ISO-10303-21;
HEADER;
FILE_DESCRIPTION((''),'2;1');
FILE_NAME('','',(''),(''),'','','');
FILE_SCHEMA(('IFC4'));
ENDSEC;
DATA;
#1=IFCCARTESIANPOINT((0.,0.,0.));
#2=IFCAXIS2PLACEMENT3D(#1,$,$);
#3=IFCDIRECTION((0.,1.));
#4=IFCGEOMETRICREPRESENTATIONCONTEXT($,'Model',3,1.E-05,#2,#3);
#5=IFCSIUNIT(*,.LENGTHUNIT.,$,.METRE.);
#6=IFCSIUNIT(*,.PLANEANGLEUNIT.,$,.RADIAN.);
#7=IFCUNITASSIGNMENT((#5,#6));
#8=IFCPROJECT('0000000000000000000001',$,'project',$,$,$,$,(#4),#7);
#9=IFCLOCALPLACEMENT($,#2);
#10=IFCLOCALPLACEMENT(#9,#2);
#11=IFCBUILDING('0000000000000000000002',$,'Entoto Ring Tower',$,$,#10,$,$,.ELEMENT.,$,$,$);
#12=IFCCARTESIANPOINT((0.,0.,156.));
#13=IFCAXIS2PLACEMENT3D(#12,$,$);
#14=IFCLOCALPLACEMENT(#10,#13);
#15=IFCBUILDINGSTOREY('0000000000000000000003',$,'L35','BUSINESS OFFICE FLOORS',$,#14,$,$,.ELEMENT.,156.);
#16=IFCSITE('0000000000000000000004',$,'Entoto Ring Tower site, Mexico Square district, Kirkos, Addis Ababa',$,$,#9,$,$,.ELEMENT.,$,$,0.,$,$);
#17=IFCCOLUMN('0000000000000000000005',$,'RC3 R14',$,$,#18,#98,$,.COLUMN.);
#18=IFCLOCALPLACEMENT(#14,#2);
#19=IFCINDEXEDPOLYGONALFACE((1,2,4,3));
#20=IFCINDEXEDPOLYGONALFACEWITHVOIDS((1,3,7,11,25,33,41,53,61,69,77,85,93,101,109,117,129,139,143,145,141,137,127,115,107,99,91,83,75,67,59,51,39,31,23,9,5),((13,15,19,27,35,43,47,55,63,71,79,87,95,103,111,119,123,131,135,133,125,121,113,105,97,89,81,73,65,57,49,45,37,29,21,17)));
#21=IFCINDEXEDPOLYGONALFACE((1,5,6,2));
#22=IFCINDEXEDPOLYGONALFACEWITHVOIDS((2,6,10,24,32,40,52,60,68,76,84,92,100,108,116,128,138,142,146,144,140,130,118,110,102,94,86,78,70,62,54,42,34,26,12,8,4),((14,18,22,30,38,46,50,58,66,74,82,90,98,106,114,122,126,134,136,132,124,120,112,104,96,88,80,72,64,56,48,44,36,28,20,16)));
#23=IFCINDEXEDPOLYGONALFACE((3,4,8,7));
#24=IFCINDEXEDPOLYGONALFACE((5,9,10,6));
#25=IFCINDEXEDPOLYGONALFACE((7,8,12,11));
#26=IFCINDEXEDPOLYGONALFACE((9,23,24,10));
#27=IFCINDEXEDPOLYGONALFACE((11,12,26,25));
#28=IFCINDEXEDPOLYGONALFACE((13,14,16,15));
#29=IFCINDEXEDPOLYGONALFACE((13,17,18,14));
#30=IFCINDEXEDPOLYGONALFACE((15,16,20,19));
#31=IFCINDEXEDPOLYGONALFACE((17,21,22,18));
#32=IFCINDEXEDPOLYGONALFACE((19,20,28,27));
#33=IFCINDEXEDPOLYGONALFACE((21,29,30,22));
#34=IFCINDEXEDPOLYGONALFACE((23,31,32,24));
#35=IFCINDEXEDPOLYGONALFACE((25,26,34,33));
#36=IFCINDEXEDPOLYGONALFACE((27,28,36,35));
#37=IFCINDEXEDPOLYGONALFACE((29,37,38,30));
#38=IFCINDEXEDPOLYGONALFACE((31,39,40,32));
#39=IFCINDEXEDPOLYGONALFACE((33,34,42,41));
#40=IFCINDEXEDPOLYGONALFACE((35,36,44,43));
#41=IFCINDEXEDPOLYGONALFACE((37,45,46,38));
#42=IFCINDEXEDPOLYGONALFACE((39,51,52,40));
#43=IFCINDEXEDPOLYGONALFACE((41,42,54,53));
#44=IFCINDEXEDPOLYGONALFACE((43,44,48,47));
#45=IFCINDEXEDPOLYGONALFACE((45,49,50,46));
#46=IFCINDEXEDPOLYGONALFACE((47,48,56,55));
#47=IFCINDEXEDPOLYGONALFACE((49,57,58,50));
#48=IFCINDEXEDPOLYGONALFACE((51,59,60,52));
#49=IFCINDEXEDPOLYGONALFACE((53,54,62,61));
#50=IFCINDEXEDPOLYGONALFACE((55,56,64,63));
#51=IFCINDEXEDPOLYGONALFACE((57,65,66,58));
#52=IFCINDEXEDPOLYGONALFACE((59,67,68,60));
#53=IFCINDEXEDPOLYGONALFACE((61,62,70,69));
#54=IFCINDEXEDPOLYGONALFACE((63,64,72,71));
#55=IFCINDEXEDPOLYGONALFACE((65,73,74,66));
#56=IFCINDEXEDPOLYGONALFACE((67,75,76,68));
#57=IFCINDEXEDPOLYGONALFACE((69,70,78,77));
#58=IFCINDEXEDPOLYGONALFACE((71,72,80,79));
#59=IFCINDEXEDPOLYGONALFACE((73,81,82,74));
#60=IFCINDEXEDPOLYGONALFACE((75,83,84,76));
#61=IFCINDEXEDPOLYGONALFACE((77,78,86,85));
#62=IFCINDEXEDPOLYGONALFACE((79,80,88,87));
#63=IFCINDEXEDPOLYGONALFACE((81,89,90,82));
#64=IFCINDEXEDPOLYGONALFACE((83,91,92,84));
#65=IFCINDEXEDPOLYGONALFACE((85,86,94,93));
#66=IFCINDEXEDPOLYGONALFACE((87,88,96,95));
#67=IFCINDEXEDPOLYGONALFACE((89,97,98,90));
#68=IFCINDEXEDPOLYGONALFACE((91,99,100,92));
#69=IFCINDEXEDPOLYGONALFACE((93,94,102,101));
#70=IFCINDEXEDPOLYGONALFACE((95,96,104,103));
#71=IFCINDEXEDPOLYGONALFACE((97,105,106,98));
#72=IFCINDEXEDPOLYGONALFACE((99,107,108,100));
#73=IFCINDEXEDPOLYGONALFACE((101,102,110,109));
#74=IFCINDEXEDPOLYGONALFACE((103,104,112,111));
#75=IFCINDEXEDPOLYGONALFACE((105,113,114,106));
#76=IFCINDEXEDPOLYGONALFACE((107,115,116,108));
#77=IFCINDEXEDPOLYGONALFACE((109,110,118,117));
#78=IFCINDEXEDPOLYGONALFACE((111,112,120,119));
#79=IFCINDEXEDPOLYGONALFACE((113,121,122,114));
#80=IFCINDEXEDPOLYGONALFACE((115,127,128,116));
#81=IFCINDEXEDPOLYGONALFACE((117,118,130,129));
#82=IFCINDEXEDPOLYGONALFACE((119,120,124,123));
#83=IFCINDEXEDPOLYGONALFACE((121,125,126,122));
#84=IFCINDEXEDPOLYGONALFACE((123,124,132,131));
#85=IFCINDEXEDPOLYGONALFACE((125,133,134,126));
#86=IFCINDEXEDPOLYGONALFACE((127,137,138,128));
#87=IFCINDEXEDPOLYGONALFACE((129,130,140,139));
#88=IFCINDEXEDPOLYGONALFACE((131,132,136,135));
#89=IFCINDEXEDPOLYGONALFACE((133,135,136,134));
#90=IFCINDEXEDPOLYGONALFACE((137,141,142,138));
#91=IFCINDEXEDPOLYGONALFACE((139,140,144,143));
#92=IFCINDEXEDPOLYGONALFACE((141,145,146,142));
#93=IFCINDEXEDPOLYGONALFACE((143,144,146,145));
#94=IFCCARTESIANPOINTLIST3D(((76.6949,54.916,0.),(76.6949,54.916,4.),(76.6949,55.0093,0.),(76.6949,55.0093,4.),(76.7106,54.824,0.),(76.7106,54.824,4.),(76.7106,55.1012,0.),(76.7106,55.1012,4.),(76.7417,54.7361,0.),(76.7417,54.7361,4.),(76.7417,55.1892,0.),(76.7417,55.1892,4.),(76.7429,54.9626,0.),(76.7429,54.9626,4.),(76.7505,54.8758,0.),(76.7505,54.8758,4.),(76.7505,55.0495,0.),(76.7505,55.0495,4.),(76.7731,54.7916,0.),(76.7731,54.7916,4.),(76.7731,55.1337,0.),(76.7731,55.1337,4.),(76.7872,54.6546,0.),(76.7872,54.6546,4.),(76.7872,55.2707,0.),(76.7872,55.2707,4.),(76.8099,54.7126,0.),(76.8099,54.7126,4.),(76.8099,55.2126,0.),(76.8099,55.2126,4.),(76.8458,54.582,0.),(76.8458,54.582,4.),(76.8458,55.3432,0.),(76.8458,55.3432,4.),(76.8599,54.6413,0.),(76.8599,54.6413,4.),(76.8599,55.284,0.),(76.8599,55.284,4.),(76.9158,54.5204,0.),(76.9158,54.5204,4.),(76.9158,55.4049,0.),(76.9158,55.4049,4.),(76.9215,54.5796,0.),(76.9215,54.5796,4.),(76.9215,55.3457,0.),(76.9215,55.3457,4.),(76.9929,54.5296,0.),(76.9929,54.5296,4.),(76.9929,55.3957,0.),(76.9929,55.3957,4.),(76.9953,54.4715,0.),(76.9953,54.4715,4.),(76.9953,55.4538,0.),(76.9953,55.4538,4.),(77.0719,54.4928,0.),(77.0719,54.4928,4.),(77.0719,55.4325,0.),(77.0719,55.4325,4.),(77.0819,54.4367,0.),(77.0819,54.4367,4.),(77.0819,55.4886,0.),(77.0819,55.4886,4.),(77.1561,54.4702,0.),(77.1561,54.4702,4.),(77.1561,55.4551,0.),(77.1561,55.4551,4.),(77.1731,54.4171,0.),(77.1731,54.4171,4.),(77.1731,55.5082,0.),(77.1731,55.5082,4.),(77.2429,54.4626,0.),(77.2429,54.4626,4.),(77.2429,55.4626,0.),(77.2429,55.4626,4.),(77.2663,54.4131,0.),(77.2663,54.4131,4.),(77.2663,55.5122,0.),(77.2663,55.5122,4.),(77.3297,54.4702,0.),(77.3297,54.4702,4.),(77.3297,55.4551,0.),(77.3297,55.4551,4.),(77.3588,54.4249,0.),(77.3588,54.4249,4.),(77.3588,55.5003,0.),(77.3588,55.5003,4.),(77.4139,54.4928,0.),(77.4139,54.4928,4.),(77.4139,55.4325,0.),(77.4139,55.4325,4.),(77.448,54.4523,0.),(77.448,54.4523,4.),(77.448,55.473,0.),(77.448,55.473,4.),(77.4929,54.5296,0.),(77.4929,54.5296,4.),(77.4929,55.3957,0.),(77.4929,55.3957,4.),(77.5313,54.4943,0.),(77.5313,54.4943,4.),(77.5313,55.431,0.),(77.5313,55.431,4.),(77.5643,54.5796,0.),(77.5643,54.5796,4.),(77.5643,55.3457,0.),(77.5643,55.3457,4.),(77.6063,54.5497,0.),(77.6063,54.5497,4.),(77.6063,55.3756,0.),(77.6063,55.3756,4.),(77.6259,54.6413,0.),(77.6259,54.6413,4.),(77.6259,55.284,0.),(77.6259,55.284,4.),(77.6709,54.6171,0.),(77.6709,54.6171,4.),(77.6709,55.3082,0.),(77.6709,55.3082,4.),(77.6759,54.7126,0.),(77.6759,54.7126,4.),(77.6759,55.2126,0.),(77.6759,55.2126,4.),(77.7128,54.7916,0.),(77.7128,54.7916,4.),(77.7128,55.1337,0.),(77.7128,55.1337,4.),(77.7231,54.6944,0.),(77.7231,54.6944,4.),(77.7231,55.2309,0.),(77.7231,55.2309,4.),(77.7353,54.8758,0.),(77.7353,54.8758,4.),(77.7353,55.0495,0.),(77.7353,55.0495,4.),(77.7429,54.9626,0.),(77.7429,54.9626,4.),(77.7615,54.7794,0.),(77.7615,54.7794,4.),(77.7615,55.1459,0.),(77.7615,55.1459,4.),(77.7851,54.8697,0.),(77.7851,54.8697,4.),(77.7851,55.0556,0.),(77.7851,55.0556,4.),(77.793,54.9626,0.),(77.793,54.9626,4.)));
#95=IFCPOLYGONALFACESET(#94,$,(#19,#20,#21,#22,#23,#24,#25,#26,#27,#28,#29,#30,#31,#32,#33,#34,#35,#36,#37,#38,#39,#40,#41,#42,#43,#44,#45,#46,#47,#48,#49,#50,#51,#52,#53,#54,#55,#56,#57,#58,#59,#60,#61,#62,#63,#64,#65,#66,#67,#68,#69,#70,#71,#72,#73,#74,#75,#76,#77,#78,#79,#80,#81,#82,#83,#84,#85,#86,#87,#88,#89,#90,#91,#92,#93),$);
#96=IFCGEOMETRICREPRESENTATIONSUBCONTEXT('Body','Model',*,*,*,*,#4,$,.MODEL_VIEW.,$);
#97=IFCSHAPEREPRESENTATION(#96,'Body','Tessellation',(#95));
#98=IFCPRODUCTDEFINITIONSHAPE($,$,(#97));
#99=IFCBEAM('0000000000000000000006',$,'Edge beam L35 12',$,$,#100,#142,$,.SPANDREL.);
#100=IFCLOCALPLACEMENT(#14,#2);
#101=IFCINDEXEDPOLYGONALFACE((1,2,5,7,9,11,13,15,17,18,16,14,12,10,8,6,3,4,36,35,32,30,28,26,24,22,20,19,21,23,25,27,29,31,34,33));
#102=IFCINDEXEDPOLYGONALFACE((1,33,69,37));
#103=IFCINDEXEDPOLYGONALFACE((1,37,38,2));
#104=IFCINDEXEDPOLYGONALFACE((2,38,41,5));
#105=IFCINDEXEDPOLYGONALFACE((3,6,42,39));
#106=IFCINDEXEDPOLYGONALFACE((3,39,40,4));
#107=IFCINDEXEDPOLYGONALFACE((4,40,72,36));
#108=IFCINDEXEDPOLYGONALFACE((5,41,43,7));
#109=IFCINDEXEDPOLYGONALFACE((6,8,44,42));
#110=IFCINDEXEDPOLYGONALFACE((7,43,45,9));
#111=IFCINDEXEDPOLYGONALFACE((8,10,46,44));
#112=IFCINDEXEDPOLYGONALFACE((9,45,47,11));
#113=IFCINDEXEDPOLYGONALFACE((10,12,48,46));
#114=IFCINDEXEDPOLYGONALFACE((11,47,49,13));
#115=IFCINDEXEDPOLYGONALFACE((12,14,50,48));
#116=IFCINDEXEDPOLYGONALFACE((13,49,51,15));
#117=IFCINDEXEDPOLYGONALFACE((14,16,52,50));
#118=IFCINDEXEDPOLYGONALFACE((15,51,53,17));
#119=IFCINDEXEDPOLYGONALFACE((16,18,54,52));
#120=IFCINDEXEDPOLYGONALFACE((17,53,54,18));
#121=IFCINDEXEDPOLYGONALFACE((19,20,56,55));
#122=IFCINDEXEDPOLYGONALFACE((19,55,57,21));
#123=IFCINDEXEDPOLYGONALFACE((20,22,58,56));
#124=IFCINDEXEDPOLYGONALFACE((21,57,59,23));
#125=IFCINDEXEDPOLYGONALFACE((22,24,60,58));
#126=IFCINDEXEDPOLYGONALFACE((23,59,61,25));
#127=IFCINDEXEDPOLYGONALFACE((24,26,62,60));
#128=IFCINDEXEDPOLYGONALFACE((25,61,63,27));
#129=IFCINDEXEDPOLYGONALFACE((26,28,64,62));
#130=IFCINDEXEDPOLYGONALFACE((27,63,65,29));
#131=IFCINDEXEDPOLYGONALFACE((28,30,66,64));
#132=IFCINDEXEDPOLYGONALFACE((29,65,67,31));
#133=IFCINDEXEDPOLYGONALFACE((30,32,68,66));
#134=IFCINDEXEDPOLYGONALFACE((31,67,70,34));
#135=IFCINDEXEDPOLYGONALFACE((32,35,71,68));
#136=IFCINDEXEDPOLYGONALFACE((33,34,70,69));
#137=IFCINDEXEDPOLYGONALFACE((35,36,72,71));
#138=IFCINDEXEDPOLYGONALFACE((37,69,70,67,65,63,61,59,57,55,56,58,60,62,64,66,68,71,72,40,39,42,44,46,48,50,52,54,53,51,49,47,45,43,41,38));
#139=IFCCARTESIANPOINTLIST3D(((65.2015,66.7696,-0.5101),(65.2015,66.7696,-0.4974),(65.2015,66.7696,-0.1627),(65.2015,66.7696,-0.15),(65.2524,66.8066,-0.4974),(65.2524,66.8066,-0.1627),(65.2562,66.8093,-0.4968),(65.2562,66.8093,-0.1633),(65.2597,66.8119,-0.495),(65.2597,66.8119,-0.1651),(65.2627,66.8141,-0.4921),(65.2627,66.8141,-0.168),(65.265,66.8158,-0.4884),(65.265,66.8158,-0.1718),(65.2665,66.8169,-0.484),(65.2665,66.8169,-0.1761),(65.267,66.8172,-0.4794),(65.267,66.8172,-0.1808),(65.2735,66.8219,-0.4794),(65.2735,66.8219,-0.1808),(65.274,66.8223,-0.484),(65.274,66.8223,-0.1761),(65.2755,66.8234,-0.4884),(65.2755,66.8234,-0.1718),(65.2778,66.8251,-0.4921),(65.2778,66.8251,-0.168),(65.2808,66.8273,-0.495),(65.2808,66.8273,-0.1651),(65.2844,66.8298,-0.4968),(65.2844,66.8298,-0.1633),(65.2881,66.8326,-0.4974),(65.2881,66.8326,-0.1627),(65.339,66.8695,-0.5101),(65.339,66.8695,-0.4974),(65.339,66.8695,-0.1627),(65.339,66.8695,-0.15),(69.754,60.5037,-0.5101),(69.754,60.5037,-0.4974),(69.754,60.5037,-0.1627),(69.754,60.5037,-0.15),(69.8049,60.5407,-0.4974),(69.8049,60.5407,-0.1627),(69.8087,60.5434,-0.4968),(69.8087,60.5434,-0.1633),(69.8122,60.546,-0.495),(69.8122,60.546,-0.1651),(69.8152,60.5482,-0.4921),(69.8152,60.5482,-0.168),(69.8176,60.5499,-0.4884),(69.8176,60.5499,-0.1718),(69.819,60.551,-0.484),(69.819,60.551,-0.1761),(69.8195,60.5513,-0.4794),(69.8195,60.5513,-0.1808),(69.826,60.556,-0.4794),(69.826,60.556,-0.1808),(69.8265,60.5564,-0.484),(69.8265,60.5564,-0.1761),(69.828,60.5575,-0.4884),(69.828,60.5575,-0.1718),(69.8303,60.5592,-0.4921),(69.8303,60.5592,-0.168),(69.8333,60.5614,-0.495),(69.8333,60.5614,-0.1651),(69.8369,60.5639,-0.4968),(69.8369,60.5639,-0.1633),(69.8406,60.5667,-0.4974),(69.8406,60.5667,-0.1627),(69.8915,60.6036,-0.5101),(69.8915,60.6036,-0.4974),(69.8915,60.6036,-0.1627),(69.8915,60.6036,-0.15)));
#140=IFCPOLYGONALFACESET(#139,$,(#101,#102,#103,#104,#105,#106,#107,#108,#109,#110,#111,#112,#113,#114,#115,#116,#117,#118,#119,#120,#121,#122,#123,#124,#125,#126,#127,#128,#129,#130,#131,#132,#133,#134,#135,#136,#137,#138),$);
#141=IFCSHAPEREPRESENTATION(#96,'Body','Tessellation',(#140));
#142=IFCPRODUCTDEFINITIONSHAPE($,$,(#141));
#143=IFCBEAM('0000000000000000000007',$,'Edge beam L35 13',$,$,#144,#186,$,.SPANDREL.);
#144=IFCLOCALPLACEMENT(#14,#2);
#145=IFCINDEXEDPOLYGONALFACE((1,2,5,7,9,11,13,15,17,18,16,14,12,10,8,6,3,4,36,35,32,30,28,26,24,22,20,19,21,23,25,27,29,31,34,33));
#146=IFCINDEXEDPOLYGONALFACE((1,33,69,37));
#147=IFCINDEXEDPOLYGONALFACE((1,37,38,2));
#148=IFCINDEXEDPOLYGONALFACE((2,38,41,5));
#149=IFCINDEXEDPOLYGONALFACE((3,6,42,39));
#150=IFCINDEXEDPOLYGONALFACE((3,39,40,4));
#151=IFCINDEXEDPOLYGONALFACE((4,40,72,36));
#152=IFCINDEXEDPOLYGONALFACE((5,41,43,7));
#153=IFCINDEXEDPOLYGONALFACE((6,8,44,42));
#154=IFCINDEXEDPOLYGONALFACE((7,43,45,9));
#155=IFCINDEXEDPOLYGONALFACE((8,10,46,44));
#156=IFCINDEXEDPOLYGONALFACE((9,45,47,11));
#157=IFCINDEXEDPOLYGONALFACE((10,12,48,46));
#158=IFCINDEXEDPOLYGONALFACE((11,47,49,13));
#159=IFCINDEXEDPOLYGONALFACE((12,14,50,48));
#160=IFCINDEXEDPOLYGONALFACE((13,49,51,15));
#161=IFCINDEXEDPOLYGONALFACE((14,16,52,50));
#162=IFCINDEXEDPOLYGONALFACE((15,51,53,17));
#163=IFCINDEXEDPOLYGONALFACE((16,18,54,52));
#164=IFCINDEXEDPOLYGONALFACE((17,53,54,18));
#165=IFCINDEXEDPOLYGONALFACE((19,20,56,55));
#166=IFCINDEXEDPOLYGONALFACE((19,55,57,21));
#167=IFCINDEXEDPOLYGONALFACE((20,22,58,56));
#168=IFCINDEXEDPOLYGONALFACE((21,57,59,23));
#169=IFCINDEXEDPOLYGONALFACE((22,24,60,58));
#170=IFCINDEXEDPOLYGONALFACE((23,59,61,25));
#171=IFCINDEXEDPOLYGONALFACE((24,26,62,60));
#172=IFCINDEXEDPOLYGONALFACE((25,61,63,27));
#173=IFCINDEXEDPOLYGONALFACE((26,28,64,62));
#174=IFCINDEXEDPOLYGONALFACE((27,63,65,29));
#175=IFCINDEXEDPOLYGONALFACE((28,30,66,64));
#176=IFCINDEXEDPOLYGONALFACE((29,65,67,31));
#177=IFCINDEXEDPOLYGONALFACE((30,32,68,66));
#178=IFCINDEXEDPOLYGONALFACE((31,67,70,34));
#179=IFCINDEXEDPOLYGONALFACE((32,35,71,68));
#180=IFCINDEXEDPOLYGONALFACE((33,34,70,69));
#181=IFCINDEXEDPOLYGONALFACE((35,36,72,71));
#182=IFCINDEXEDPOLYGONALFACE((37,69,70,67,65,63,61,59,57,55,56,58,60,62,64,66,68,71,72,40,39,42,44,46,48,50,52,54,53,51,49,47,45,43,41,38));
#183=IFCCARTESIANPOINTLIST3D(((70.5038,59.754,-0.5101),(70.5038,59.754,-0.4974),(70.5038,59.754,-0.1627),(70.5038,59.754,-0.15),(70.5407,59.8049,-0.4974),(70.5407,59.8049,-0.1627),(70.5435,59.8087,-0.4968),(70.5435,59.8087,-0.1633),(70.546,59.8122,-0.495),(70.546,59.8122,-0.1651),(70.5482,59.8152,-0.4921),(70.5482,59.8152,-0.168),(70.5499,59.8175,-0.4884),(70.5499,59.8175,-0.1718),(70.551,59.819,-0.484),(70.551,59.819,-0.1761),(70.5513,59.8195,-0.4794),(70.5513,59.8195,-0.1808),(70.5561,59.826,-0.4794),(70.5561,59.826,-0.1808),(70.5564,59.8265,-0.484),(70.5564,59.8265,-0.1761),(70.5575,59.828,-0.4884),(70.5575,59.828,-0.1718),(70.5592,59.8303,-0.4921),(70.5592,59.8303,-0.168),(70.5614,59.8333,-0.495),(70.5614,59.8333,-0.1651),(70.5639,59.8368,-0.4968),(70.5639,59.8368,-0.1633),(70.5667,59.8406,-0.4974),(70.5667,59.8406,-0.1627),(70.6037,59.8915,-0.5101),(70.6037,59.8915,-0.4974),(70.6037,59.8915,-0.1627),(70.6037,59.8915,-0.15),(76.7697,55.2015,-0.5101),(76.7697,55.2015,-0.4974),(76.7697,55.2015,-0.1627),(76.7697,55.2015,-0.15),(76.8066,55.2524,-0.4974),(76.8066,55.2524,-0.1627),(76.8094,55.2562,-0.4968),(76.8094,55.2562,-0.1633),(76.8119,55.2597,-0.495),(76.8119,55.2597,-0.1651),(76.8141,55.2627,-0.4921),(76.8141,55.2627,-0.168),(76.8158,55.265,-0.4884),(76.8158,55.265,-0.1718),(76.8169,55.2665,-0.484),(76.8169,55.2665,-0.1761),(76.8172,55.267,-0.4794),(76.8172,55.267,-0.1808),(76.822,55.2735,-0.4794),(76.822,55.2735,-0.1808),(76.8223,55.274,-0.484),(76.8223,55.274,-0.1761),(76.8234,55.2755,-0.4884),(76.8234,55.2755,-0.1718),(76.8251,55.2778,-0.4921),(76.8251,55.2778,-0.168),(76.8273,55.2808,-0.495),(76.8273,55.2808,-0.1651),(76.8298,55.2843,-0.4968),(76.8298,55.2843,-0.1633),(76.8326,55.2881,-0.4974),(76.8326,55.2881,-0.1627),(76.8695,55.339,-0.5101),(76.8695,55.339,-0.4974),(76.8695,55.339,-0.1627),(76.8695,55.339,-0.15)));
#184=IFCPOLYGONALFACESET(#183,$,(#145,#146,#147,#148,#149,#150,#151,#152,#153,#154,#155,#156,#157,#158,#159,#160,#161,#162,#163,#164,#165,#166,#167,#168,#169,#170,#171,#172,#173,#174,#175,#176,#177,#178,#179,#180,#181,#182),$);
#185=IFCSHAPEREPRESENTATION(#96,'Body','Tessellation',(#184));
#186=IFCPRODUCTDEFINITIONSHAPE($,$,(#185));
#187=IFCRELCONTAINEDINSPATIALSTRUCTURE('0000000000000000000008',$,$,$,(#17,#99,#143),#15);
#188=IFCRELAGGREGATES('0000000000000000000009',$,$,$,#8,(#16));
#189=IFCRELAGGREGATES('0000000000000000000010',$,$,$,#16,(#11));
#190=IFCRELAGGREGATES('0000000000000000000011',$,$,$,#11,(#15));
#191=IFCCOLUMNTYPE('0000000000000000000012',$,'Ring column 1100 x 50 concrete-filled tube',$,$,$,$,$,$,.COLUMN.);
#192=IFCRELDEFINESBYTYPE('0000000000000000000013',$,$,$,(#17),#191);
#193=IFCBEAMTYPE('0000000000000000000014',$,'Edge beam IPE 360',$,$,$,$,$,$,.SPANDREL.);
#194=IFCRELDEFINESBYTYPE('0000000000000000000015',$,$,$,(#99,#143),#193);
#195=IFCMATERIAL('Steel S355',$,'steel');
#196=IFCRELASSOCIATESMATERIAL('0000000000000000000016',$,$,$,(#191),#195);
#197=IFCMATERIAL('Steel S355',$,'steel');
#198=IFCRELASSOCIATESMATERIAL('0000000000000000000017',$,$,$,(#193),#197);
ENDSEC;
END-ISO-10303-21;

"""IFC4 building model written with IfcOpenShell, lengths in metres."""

from ifc_helpers import new_model, si_unit, direction, frame, origin, origin_2d, place, context, subcontext, project, spatial, circle, hollow_circle, i_section, extrude, material, material_profile, profile_set, type_object, element, save


model = new_model("IFC4")

# Units and contexts
model_context = context("Model", 3, precision=1e-05, world=origin(), true_north=direction((0.0, 1.0)))
body_context = subcontext(model_context, "Body", "Model", "MODEL_VIEW")
ifc_project = project(units=[si_unit("LENGTHUNIT", "METRE"), si_unit("PLANEANGLEUNIT", "RADIAN")], contexts=[model_context])

# Site, building, storey
site_placement = place(None, origin())
site = spatial("IfcSite", under=ifc_project, at=site_placement, Name="Entoto Ring Tower site, Mexico Square district, Kirkos, Addis Ababa", CompositionType="ELEMENT", RefElevation=0.0)
building_placement = place(site_placement, origin())
building = spatial("IfcBuilding", under=site, at=building_placement, Name="Entoto Ring Tower", CompositionType="ELEMENT")
storey_placement = place(building_placement, frame((0.0, 0.0, 156.0)))
storey = spatial("IfcBuildingStorey", under=building, at=storey_placement, Name="L35", Description="BUSINESS OFFICE FLOORS", CompositionType="ELEMENT", Elevation=156.0)

# Column
ifc_material_1 = material(Name="Steel S355", Category="steel")
ifc_material_profile_1 = material_profile(ifc_material_1, hollow_circle(Radius=0.55, WallThickness=0.05, at=origin_2d()), Name="CHS 1100 x 50")
ifc_material_2 = material(Name="Concrete C60/75", Category="concrete")
ifc_material_profile_2 = material_profile(ifc_material_2, circle(Radius=0.5, at=origin_2d()), Name="Concrete C60/75 infill")
ifc_profile_set_1 = profile_set([ifc_material_profile_1, ifc_material_profile_2], Name="Steel S355")
column_type = type_object("IfcColumnType", Name="Ring column 1100 x 50 concrete-filled tube", PredefinedType="COLUMN", material=ifc_profile_set_1)
for number, where, z_axis, x_axis, name in (
    (1, (77.2429, 54.9626, 0.0), (0.0, 0.0, 1.0), (1.0, 0.0, 0.0), "RC3 R14"),
):
    element("IfcColumn", number, at=place(storey_placement, frame(where, z_axis=z_axis, x_axis=x_axis)), inside=storey, type_object=column_type, Name=name, PredefinedType="COLUMN", context=body_context, shape_type="SweptSolid", body=[
        extrude(hollow_circle(Radius=0.55, WallThickness=0.05, at=origin_2d()), origin(), (0.0, 0.0, 1.0), 4.0),
    ])

# Beams
ifc_material_3 = material(Name="Steel S355", Category="steel")
ifc_material_profile_3 = material_profile(ifc_material_3, i_section(OverallWidth=0.1699, OverallDepth=0.3601, WebThickness=0.0081, FlangeThickness=0.0127, FilletRadius=0.0181, at=origin_2d()), Name="IPE 360")
ifc_profile_set_2 = profile_set([ifc_material_profile_3], Name="Steel S355")
beam_type_1 = type_object("IfcBeamType", Name="Edge beam IPE 360", PredefinedType="SPANDREL", material=ifc_profile_set_2)
for number, where, z_axis, x_axis, name in (
    (2, (65.2703, 66.8196, -0.3301), (0.587791, -0.809013, 0.0), (0.809013, 0.587791, 0.0), "Edge beam L35 12"),
    (3, (70.5537, 59.8228, -0.3301), (0.809013, -0.587791, 0.0), (0.587791, 0.809013, 0.0), "Edge beam L35 13"),
):
    element("IfcBeam", number, at=place(storey_placement, frame(where, z_axis=z_axis, x_axis=x_axis)), inside=storey, type_object=beam_type_1, Name=name, PredefinedType="SPANDREL", context=body_context, shape_type="SweptSolid", body=[
        extrude(i_section(OverallWidth=0.1699, OverallDepth=0.3601, WebThickness=0.0081, FlangeThickness=0.0127, FilletRadius=0.0181, at=origin_2d()), origin(), (0.0, 0.0, 1.0), 7.7451),
    ])

save(model, "model.ifc")
